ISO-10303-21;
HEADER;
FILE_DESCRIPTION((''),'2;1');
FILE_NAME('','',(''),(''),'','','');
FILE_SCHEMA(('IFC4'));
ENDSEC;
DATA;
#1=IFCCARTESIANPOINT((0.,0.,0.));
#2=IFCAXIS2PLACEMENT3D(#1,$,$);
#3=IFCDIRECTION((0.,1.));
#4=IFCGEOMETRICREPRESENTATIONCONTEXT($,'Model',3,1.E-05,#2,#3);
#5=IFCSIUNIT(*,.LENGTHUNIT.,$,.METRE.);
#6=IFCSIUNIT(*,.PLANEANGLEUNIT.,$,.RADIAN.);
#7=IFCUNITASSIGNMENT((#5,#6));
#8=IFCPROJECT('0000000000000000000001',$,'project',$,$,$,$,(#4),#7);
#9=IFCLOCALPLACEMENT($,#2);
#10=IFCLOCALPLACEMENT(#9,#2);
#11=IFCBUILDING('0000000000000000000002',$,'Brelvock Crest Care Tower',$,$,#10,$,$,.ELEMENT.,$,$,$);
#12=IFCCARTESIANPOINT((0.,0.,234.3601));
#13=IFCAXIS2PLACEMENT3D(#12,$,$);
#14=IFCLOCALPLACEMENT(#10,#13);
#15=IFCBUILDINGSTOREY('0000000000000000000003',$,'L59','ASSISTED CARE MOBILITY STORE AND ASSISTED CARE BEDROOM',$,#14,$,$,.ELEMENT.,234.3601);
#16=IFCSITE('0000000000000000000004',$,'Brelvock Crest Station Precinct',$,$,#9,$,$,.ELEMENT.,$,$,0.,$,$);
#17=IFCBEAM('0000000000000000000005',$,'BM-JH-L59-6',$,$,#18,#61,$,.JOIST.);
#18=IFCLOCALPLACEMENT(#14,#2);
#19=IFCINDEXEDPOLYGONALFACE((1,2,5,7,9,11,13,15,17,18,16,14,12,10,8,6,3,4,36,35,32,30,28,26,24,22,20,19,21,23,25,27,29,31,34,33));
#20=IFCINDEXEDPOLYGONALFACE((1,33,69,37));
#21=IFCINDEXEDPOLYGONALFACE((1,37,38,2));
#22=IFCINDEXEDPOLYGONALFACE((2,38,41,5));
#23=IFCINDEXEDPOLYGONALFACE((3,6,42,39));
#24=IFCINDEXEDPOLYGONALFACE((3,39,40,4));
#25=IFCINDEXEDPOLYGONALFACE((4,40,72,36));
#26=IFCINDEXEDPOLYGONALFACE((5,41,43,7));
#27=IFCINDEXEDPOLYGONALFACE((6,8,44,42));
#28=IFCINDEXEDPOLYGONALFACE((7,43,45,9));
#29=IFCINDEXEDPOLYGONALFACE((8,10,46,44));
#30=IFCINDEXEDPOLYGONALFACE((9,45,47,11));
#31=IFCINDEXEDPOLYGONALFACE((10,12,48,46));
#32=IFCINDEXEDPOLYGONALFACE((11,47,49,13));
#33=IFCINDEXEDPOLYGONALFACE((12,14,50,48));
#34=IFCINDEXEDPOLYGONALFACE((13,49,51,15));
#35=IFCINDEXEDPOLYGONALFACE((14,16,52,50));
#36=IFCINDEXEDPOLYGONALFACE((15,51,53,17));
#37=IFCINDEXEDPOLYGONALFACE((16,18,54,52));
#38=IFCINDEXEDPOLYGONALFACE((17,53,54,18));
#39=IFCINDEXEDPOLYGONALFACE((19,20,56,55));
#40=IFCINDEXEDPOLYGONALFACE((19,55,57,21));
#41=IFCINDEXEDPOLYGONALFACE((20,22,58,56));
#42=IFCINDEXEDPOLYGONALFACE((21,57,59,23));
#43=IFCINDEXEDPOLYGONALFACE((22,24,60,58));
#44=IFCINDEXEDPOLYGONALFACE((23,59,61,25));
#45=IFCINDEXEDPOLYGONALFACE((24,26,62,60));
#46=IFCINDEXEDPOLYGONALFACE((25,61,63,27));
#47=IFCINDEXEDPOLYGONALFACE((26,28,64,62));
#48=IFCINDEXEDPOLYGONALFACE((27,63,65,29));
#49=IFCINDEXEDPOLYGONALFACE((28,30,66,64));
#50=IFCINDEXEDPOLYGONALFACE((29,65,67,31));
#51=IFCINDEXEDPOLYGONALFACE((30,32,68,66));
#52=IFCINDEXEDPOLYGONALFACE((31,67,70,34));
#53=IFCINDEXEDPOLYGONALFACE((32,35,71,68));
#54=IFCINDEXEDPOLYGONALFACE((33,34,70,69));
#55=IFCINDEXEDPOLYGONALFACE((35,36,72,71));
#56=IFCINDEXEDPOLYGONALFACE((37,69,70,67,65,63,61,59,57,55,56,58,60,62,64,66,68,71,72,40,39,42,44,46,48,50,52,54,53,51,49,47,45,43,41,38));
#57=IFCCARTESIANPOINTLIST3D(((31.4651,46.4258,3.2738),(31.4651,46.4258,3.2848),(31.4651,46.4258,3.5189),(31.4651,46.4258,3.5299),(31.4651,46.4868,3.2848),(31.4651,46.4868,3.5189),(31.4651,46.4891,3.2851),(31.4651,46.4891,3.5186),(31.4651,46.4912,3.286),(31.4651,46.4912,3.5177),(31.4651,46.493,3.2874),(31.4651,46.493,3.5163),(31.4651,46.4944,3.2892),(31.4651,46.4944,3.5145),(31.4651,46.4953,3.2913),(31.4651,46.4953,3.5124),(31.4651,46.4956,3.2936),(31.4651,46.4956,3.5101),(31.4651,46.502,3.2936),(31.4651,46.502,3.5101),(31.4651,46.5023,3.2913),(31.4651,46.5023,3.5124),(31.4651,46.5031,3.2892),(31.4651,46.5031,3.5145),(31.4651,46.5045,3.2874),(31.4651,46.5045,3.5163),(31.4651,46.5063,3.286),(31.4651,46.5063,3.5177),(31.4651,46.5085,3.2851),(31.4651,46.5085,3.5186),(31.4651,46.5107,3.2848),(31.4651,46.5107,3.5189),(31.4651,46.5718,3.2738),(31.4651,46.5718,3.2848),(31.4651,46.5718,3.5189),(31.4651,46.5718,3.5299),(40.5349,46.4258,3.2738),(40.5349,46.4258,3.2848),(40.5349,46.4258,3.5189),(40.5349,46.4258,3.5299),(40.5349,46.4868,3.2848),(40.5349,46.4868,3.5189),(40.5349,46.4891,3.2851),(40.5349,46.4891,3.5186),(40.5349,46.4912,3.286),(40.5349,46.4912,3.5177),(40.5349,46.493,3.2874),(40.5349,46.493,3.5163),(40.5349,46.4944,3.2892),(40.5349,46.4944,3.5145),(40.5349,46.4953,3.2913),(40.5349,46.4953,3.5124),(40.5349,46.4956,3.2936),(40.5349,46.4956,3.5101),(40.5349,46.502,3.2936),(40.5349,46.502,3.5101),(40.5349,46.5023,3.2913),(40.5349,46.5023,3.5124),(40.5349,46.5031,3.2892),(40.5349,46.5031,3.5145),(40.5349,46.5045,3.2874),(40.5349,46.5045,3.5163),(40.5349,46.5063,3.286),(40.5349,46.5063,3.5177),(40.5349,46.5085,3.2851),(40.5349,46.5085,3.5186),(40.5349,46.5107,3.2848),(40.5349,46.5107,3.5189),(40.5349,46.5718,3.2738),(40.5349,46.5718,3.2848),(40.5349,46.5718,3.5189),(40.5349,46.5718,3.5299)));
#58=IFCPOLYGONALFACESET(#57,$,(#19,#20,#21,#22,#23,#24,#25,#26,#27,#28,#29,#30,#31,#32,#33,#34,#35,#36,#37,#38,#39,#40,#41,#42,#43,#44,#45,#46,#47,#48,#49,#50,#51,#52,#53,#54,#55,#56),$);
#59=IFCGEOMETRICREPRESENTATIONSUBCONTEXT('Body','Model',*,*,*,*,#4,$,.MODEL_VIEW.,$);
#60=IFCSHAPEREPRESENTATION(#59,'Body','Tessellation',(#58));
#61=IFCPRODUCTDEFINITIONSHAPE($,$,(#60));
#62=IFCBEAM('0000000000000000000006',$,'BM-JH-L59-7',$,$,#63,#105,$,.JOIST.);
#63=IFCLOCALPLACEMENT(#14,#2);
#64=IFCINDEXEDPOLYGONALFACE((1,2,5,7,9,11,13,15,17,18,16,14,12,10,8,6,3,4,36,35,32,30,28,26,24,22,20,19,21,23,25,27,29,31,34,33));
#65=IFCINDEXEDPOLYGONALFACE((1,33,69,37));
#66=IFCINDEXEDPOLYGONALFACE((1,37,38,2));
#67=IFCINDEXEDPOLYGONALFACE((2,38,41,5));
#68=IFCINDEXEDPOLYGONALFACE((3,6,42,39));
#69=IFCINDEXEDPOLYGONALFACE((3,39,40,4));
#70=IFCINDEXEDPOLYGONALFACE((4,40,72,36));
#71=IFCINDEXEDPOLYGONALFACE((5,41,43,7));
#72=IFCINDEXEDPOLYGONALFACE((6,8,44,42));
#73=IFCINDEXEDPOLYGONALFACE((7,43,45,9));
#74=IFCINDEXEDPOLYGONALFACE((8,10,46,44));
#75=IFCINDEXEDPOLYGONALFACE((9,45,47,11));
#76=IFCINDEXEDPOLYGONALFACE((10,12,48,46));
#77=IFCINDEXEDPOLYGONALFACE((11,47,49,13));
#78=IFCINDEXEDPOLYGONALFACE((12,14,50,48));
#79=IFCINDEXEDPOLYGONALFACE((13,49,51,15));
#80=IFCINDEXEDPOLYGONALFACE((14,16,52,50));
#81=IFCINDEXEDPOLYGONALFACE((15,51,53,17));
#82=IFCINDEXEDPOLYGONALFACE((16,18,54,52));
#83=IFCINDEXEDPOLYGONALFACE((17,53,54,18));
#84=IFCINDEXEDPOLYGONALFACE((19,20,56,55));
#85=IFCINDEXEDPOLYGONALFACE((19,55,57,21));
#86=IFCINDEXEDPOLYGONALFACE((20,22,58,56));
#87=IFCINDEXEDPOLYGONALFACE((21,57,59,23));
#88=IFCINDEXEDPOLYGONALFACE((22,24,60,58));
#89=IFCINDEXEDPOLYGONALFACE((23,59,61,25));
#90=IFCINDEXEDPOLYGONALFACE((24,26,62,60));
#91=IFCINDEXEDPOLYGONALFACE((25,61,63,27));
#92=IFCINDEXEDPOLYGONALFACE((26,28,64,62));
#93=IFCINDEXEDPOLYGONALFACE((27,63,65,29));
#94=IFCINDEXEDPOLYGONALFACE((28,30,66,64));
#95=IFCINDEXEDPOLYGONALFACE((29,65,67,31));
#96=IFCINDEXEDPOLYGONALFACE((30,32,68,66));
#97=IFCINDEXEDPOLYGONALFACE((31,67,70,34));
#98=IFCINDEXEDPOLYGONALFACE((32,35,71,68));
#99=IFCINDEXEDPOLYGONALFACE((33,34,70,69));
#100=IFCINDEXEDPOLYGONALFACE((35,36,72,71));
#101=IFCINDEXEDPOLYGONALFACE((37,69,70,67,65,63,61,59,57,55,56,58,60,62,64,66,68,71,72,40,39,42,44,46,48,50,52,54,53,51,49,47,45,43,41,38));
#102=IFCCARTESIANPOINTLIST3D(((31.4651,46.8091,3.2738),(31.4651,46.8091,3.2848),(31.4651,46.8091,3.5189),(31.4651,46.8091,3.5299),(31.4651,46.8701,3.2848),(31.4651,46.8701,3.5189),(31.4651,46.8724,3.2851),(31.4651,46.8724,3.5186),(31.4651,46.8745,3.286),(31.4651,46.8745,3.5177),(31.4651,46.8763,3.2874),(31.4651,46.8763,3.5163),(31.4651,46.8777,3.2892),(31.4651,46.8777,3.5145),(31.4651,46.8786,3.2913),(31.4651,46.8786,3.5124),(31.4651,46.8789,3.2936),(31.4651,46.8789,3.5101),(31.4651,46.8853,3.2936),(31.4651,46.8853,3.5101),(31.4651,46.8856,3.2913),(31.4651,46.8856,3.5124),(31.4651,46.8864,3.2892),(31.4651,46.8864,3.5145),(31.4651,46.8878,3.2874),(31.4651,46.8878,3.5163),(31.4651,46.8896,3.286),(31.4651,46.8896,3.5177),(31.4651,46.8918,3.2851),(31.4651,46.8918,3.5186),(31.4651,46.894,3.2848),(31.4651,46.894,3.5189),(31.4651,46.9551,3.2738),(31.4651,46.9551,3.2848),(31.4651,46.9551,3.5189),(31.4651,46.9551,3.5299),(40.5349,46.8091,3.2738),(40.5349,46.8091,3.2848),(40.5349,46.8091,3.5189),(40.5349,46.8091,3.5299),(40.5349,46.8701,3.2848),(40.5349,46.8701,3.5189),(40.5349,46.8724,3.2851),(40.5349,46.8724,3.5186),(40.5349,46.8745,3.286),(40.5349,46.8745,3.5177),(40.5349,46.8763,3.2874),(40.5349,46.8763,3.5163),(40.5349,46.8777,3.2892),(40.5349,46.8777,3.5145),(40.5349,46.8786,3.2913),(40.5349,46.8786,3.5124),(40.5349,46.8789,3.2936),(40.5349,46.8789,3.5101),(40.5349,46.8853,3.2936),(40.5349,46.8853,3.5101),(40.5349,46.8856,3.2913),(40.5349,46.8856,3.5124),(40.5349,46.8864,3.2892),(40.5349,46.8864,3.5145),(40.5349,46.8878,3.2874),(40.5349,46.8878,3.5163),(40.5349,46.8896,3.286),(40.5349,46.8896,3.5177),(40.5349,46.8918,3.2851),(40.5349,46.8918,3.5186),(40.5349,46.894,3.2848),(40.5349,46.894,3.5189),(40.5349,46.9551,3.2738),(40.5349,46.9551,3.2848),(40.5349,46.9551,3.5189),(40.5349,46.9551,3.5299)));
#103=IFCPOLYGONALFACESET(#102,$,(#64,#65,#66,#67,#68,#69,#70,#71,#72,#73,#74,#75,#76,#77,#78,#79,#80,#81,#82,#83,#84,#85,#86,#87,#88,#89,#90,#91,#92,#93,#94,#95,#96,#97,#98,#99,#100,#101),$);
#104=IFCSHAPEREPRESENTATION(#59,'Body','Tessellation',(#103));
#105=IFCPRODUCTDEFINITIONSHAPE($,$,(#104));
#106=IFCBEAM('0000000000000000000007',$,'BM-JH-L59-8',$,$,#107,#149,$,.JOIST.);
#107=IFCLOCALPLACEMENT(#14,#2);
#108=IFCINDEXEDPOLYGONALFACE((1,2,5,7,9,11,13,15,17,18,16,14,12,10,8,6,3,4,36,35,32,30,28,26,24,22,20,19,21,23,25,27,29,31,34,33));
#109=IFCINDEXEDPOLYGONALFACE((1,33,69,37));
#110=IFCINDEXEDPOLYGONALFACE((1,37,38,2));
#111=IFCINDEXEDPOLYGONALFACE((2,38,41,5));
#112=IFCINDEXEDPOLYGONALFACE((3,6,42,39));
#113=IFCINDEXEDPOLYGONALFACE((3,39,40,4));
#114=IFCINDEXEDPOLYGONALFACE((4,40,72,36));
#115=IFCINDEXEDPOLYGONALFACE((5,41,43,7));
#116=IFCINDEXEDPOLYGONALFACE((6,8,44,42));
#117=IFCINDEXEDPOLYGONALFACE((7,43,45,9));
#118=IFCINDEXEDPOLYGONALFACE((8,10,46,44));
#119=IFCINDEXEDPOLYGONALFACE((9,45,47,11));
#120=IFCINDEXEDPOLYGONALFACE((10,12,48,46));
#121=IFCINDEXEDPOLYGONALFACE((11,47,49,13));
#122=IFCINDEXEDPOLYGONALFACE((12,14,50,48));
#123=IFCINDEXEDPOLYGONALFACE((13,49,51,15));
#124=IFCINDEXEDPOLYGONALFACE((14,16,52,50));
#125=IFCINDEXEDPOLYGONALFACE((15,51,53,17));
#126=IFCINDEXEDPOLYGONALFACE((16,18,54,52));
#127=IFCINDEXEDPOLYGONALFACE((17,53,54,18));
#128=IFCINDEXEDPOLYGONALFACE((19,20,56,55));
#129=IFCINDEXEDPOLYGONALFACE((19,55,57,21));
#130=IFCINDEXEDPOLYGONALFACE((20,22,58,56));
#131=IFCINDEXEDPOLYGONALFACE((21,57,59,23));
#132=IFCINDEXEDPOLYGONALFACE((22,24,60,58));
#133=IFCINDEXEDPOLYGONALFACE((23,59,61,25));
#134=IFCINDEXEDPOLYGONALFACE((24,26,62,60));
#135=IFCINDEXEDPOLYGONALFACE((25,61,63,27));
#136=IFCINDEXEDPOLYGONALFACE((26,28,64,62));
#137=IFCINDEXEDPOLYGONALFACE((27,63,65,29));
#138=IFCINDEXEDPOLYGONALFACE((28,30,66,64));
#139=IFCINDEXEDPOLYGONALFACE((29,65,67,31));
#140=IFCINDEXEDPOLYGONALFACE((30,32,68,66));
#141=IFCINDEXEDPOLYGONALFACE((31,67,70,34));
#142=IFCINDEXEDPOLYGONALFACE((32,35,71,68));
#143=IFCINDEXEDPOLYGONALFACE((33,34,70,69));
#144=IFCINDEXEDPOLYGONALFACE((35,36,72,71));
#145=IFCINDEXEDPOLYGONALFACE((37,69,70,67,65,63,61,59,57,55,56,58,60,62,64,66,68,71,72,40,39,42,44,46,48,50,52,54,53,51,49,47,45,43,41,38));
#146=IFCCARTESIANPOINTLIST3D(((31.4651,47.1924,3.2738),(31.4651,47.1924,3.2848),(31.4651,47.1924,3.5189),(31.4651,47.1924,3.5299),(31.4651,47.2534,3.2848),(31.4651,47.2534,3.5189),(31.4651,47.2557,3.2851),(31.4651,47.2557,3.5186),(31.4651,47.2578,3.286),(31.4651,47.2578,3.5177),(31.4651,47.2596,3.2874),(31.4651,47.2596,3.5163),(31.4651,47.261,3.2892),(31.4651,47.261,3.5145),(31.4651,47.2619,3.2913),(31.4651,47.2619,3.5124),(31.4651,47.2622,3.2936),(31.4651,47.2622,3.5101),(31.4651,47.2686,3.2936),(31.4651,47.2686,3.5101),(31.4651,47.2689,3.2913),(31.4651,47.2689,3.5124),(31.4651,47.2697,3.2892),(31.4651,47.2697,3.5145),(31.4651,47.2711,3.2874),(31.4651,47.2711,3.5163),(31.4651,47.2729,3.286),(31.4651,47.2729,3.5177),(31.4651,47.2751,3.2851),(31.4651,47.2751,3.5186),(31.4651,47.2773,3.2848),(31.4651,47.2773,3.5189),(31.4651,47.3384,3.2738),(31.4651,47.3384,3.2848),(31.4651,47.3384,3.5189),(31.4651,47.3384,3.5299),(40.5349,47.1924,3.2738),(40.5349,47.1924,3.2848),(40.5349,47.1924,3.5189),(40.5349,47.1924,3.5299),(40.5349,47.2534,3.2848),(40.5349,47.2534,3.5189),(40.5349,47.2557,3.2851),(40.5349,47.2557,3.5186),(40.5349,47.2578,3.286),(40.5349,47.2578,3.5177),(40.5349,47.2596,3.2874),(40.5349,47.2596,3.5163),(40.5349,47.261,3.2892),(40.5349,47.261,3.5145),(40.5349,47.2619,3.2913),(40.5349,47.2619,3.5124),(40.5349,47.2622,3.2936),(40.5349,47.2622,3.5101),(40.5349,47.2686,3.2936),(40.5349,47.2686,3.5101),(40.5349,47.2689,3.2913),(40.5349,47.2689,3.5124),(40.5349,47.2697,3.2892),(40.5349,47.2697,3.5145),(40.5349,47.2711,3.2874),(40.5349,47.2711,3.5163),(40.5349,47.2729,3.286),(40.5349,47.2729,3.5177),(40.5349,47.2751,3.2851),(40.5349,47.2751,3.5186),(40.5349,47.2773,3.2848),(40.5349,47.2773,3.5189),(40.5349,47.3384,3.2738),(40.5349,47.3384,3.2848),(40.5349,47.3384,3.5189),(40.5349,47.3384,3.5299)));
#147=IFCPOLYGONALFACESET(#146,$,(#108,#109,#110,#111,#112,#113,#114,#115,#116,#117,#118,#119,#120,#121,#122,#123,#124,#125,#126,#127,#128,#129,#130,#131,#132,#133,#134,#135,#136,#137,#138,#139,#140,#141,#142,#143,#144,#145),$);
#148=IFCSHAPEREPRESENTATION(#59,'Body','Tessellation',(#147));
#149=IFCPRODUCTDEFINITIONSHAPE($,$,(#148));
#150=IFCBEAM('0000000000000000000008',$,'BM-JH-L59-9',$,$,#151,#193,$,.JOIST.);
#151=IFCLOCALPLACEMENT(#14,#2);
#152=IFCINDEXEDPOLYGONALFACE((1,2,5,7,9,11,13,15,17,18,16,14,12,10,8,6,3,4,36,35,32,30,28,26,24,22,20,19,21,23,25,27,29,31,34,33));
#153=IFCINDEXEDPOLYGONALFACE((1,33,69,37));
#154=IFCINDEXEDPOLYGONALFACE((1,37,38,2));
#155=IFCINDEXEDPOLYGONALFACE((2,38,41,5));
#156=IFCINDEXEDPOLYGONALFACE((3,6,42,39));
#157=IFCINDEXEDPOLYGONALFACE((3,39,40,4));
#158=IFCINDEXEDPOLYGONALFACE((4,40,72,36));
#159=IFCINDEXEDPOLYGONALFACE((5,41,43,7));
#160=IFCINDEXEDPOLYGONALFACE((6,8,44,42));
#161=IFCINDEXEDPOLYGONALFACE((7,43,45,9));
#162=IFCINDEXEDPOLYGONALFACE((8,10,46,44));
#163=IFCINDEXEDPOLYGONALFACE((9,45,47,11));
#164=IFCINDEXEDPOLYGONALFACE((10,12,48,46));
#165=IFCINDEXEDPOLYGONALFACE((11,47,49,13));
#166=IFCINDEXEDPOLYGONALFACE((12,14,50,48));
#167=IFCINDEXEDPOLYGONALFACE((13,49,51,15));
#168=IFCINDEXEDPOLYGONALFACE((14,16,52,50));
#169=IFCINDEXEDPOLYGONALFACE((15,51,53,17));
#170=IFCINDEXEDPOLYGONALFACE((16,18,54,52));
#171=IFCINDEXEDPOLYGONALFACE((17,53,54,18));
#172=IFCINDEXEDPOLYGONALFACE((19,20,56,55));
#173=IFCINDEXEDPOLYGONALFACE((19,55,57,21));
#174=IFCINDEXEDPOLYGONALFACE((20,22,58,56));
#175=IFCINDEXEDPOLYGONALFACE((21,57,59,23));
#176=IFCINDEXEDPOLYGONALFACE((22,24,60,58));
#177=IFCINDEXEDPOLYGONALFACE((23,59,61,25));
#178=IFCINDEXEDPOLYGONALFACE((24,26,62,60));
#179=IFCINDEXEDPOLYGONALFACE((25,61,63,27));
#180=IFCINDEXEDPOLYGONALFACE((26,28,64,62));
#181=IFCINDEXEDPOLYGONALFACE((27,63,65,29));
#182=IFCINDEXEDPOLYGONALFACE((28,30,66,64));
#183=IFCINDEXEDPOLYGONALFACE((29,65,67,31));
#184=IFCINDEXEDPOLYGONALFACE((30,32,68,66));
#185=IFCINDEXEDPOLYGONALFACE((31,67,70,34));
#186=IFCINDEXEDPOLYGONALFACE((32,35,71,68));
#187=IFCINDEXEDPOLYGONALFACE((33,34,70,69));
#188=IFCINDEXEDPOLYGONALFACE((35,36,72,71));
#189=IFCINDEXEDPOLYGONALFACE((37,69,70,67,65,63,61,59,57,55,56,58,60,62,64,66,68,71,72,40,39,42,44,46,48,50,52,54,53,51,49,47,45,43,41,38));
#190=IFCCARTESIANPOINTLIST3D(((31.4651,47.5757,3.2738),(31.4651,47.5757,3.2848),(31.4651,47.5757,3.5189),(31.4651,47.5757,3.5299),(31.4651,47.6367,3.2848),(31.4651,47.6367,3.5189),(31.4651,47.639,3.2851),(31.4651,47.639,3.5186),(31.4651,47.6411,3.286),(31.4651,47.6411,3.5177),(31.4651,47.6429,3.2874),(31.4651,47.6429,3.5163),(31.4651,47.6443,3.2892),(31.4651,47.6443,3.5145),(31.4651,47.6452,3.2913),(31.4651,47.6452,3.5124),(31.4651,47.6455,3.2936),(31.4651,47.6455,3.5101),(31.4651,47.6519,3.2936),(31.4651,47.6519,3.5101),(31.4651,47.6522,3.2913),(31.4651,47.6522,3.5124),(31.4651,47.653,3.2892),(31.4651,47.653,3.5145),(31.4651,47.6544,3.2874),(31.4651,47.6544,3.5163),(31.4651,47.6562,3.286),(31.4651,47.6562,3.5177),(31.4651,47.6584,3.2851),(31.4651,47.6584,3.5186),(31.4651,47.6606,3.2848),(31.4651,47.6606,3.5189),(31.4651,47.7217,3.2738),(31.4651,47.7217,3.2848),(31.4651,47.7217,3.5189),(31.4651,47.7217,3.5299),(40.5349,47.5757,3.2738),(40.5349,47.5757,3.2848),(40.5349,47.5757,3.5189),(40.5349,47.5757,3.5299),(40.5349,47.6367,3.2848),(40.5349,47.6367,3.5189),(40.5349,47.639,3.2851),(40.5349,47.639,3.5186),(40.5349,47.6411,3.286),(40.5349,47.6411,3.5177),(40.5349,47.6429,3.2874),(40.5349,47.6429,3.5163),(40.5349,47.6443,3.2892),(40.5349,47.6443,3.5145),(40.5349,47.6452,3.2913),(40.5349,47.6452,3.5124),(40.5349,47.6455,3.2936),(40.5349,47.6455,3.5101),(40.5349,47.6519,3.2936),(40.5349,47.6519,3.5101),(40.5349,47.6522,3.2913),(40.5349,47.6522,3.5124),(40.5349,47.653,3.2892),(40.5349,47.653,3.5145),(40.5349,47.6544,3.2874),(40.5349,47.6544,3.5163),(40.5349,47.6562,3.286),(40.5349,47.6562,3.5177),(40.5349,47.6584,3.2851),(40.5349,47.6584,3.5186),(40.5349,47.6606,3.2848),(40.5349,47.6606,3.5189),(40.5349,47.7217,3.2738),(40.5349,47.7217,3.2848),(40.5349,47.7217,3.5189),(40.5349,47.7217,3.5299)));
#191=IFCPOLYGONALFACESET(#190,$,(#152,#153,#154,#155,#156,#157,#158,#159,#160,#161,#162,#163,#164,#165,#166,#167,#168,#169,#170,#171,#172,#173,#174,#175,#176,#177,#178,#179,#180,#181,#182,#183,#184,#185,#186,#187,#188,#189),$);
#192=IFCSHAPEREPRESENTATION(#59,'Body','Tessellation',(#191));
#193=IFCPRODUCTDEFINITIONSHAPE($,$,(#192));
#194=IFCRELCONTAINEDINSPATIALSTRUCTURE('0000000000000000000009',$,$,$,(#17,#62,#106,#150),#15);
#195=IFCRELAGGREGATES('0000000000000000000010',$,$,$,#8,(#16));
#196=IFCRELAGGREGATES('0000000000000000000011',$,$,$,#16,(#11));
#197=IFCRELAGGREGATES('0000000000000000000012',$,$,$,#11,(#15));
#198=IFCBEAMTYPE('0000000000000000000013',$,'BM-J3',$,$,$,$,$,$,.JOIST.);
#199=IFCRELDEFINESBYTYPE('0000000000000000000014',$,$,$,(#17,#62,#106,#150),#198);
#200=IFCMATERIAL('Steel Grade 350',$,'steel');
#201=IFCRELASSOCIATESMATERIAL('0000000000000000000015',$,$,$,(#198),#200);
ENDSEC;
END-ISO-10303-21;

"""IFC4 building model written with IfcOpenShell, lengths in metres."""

from ifc_helpers import new_model, si_unit, direction, frame, origin, origin_2d, place, context, subcontext, project, spatial, i_section, extrude, source, transform, mapped, material, material_profile, profile_set, type_object, element, save


model = new_model("IFC4")

# Units and contexts
model_context = context("Model", 3, precision=1e-05, world=origin(), true_north=direction((0.0, 1.0)))
body_context = subcontext(model_context, "Body", "Model", "MODEL_VIEW")
ifc_project = project(units=[si_unit("LENGTHUNIT", "METRE"), si_unit("PLANEANGLEUNIT", "RADIAN")], contexts=[model_context])

# Site, building, storey
site_placement = place(None, origin())
site = spatial("IfcSite", under=ifc_project, at=site_placement, Name="Brelvock Crest Station Precinct", CompositionType="ELEMENT", RefElevation=0.0)
building_placement = place(site_placement, origin())
building = spatial("IfcBuilding", under=site, at=building_placement, Name="Brelvock Crest Care Tower", CompositionType="ELEMENT")
storey_placement = place(building_placement, frame((0.0, 0.0, 234.3601)))
storey = spatial("IfcBuildingStorey", under=building, at=storey_placement, Name="L59", Description="ASSISTED CARE MOBILITY STORE AND ASSISTED CARE BEDROOM", CompositionType="ELEMENT", Elevation=234.3601)

# Beams
ifc_material_1 = material(Name="Steel Grade 350", Category="steel")
ifc_material_profile_1 = material_profile(ifc_material_1, i_section(OverallWidth=0.146, OverallDepth=0.2561, WebThickness=0.0063, FlangeThickness=0.011, FilletRadius=0.0088, at=origin_2d()), Name="250UB37.3")
ifc_profile_set_1 = profile_set([ifc_material_profile_1], Name="Steel Grade 350")
beam_type_1 = type_object("IfcBeamType", Name="BM-J3", PredefinedType="JOIST", material=ifc_profile_set_1)
shared_shape_1 = source(origin(), body_context, "Body", "SweptSolid", [
    extrude(i_section(OverallWidth=0.146, OverallDepth=0.2561, WebThickness=0.0063, FlangeThickness=0.011, FilletRadius=0.0088, at=origin_2d()), origin(), (0.0, 0.0, 1.0), 9.0698),
])
for number, where, z_axis, x_axis, name in (
    (1, (31.4651, 46.4988, 3.4019), (1.0, 0.0, 0.0), (0.0, 1.0, 0.0), "BM-JH-L59-6"),
    (2, (31.4651, 46.8821, 3.4019), (1.0, 0.0, 0.0), (0.0, 1.0, 0.0), "BM-JH-L59-7"),
    (3, (31.4651, 47.2654, 3.4019), (1.0, 0.0, 0.0), (0.0, 1.0, 0.0), "BM-JH-L59-8"),
    (4, (31.4651, 47.6487, 3.4019), (1.0, 0.0, 0.0), (0.0, 1.0, 0.0), "BM-JH-L59-9"),
):
    element("IfcBeam", number, at=place(storey_placement, frame(where, z_axis=z_axis, x_axis=x_axis)), inside=storey, type_object=beam_type_1, Name=name, PredefinedType="JOIST", context=body_context, shape_type="MappedRepresentation", body=[
        mapped(shared_shape_1, transform((0.0, 0.0, 0.0), x_axis=(1.0, 0.0, 0.0), y_axis=(0.0, 1.0, 0.0), z_axis=(0.0, 0.0, 1.0), scale=1.0)),
    ])

save(model, "model.ifc")
